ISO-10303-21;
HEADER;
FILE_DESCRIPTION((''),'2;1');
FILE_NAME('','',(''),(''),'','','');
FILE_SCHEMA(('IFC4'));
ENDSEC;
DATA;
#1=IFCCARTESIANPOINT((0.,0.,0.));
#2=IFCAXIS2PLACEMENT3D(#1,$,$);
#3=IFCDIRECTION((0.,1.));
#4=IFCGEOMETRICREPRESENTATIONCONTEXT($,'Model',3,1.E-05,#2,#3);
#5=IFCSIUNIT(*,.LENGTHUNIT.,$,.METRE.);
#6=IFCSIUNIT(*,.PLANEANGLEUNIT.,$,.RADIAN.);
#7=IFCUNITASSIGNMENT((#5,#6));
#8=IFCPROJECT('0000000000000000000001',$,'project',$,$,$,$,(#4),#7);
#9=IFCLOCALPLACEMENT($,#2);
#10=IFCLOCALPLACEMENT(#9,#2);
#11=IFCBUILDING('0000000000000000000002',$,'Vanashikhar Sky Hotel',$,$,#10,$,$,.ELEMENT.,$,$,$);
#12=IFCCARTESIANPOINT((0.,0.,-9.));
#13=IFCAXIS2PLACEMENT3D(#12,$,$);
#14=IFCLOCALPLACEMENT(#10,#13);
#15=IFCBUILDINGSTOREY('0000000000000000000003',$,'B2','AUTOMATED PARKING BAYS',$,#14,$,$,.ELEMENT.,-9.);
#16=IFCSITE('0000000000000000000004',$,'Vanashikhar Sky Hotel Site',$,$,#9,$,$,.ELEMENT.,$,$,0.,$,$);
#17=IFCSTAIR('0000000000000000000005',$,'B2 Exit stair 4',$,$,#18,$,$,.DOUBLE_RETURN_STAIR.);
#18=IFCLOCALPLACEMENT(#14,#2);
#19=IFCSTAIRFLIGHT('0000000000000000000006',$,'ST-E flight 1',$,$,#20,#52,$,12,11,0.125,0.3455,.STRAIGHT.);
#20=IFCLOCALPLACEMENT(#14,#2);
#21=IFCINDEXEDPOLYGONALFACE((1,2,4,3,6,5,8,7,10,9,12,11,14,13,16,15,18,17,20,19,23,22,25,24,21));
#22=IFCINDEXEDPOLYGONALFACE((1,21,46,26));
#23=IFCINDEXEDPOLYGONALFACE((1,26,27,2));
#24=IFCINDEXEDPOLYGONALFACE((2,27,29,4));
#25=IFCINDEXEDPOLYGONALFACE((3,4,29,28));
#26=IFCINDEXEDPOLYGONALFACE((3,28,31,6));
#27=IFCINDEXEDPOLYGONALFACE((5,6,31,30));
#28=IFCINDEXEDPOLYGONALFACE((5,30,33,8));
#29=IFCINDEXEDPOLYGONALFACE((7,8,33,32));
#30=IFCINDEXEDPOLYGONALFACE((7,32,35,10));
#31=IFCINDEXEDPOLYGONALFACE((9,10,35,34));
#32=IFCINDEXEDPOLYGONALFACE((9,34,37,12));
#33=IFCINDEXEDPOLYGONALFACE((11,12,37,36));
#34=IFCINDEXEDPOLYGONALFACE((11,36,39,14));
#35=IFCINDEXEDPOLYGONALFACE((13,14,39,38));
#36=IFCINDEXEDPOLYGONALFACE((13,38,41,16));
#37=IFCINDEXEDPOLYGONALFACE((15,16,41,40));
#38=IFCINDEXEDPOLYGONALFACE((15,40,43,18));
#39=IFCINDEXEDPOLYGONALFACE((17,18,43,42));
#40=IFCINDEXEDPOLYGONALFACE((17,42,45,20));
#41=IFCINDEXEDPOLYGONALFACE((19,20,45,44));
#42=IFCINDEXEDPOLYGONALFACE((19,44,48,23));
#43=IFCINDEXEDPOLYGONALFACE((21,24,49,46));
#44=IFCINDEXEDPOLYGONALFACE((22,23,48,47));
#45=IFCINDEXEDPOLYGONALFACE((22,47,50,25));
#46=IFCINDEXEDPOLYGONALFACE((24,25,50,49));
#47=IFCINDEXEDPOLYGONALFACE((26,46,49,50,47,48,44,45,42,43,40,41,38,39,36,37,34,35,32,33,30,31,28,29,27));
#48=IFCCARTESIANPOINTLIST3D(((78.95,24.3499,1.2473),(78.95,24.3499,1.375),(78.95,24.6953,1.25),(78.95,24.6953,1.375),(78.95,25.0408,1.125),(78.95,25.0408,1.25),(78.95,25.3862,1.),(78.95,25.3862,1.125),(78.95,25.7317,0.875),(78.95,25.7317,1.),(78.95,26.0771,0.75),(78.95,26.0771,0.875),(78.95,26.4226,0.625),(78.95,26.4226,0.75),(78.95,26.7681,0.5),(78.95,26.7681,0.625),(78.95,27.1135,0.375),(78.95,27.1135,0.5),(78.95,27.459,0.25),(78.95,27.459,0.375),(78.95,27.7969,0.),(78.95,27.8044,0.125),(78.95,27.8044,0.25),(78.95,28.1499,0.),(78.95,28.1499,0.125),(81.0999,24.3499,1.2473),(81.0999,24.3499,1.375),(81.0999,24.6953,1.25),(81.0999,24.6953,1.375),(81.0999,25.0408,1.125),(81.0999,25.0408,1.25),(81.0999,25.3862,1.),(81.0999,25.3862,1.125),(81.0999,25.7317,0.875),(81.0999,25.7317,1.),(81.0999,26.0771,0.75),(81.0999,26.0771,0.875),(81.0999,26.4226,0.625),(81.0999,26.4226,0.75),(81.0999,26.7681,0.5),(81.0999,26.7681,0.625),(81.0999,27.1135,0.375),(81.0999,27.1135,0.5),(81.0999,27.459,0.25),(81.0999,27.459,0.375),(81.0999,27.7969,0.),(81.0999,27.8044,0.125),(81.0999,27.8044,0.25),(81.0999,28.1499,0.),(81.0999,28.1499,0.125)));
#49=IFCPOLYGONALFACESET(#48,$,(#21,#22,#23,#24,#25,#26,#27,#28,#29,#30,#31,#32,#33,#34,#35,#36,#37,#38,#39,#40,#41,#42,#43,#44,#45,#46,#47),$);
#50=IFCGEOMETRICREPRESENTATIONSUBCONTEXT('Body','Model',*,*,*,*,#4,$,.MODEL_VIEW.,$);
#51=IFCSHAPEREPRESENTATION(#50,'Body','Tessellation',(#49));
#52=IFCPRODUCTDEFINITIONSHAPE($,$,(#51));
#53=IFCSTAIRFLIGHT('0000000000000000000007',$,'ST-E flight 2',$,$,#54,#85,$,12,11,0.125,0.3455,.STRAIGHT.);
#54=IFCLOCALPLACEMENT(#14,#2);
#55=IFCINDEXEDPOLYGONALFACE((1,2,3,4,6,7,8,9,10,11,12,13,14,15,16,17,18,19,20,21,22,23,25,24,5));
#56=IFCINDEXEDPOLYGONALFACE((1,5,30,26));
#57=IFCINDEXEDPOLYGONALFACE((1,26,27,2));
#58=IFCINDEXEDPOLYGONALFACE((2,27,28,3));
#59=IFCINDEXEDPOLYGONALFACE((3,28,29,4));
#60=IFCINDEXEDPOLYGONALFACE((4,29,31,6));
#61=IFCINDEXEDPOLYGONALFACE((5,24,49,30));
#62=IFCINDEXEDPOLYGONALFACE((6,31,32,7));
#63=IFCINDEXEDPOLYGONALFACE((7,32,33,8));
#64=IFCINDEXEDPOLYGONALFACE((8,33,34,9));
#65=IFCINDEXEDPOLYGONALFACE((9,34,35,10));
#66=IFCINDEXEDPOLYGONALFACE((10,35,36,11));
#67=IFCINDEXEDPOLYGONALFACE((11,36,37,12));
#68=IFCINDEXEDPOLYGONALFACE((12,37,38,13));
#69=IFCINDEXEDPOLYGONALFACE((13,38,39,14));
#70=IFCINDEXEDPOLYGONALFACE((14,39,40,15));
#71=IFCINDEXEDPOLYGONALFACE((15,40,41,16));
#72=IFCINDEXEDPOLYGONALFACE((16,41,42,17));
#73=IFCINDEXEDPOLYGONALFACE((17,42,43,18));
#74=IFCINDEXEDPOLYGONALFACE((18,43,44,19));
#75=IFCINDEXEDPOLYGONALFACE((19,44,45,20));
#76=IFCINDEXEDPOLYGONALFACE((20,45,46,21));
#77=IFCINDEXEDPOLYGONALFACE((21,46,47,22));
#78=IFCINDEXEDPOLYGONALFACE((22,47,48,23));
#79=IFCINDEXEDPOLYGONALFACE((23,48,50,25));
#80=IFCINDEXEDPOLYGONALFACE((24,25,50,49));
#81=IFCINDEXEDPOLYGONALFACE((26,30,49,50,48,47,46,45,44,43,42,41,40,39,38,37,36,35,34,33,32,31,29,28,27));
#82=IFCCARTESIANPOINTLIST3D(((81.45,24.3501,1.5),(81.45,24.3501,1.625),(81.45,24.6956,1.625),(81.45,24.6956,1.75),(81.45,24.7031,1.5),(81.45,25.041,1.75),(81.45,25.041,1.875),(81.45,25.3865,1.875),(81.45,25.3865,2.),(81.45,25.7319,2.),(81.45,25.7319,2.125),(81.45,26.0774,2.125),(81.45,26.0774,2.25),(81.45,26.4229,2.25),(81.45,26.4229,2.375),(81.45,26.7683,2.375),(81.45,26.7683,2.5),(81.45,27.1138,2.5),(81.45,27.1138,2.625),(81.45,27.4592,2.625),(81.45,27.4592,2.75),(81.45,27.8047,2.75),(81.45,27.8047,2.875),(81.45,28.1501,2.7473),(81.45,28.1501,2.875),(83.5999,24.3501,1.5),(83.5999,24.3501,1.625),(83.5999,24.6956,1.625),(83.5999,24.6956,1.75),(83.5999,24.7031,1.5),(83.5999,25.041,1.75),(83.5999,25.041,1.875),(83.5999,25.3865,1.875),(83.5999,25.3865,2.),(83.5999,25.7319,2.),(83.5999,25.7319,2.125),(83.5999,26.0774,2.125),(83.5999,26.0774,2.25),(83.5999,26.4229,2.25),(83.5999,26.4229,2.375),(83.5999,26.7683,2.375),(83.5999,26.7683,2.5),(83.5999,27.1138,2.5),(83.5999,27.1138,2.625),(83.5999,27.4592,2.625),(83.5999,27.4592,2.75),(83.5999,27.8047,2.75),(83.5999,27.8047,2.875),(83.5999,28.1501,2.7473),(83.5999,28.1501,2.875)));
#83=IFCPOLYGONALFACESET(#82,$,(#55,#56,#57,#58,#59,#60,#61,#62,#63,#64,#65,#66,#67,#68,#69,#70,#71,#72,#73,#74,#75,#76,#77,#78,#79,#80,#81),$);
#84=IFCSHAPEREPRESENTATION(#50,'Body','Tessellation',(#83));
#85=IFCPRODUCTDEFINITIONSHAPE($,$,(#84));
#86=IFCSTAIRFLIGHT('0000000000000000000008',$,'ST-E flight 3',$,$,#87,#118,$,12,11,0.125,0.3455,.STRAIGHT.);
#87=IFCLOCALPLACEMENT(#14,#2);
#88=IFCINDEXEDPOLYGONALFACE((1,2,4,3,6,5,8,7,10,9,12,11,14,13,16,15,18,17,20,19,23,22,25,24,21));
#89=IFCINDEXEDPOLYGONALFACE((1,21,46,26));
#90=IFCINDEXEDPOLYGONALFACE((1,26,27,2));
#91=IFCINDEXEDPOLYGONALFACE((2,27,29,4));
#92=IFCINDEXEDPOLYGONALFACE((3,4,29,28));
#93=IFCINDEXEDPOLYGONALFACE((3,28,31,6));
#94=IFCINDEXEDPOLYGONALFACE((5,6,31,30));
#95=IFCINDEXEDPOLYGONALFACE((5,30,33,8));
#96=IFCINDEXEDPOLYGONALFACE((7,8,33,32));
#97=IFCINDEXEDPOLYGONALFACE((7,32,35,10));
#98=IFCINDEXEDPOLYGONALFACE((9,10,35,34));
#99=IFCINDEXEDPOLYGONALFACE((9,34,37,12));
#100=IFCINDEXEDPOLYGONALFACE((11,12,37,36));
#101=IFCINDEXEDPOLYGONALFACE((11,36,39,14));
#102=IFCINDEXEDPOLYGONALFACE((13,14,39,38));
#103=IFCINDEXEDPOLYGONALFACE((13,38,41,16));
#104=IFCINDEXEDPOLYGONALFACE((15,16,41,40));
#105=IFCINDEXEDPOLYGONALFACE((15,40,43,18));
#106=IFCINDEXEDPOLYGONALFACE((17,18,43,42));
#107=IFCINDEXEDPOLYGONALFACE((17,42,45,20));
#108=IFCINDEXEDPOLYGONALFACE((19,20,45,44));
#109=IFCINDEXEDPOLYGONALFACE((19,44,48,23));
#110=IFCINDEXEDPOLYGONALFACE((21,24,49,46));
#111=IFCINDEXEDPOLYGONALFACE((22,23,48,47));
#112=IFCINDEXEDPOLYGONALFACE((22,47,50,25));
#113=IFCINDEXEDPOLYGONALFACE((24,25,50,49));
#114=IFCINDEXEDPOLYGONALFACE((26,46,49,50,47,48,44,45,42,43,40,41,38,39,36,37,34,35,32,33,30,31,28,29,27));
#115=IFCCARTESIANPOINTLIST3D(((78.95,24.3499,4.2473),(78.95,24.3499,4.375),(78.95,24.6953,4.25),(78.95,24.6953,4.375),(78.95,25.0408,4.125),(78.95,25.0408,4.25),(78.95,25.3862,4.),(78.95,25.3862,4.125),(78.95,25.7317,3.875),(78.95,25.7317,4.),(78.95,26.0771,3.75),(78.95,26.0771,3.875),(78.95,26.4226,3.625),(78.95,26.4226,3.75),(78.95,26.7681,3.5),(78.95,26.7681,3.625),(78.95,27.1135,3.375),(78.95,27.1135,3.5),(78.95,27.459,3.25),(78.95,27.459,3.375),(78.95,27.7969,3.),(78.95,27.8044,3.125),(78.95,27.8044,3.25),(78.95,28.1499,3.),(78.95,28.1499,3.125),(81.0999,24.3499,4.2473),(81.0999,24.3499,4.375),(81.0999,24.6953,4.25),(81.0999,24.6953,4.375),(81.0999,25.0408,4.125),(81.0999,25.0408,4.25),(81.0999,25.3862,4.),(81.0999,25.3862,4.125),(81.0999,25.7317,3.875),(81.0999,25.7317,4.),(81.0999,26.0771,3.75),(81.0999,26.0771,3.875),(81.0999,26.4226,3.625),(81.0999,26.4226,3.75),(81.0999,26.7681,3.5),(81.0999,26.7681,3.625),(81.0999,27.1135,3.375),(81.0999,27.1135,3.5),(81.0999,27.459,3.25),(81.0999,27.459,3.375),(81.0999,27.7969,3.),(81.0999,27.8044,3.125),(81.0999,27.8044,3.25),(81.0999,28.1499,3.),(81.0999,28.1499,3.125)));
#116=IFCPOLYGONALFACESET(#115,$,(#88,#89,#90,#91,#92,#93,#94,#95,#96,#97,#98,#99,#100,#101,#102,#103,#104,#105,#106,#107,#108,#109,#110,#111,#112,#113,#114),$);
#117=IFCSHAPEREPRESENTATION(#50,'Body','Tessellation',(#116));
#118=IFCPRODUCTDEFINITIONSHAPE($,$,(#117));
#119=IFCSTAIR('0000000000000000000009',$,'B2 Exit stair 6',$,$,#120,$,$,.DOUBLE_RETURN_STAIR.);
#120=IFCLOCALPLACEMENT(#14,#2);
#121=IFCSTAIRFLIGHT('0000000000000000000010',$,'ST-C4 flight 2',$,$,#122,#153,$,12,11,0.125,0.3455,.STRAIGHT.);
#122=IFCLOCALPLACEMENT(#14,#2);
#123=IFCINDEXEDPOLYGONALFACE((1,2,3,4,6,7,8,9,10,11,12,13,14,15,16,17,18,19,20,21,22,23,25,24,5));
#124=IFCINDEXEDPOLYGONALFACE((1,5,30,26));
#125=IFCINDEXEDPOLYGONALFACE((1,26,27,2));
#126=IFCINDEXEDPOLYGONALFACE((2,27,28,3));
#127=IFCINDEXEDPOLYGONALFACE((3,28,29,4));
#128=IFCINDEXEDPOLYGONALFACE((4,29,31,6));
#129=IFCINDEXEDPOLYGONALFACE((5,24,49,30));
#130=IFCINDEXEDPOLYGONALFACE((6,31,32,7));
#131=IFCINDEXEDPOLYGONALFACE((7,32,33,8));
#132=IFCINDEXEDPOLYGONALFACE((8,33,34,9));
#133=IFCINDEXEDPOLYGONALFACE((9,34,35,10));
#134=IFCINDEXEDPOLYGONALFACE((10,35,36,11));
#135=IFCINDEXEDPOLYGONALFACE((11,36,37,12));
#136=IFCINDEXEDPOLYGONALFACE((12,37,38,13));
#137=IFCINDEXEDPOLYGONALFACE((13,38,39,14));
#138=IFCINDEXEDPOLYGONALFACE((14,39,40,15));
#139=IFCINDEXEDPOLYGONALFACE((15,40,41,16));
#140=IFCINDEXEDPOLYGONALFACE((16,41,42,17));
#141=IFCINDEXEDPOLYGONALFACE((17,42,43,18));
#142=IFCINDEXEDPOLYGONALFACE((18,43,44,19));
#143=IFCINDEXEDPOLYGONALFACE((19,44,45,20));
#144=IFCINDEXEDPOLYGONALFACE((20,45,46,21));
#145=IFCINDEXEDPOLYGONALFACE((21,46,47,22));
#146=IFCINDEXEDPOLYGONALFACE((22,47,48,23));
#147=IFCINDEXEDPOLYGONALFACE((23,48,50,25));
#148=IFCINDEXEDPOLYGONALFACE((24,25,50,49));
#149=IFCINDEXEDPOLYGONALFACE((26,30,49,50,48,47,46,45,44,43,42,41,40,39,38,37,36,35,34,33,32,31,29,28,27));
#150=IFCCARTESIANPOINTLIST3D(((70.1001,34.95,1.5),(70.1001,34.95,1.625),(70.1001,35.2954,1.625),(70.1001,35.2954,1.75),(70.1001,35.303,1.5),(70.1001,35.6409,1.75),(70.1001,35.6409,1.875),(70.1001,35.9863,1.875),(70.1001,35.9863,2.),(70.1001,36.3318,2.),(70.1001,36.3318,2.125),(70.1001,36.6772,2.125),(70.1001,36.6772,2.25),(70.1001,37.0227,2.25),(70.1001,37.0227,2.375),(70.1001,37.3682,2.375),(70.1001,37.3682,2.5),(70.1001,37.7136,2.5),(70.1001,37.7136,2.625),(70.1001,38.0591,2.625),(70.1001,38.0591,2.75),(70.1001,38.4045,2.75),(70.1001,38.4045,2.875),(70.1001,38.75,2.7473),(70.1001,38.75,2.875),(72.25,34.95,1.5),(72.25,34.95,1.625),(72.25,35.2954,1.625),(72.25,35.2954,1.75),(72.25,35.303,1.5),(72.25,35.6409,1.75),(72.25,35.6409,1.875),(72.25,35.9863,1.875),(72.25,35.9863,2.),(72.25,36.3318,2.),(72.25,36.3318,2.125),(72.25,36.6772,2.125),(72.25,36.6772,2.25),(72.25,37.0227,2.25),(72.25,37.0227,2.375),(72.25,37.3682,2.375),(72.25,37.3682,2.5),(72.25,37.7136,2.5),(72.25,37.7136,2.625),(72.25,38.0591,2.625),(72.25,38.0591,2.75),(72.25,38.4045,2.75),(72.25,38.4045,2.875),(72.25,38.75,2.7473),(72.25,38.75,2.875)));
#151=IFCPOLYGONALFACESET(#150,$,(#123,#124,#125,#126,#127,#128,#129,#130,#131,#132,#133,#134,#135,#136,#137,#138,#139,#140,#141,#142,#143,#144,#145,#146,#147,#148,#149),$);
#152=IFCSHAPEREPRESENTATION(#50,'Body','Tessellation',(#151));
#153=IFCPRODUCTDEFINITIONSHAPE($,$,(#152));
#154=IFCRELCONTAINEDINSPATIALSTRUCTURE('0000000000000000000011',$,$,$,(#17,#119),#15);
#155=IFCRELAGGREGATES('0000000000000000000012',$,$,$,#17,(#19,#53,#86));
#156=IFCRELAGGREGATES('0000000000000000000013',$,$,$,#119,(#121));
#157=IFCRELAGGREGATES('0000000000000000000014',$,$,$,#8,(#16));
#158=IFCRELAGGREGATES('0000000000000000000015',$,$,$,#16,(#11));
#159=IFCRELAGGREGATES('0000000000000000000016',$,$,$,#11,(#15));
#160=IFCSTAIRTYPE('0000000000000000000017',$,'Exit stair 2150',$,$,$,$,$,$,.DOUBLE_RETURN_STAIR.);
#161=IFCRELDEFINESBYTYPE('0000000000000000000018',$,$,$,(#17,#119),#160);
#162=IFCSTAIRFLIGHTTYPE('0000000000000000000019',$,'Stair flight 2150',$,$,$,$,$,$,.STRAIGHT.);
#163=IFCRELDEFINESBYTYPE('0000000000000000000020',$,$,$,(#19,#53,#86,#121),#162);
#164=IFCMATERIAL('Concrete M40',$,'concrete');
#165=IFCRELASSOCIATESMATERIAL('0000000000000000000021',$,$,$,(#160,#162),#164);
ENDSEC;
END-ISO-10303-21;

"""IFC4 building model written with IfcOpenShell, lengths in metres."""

from ifc_helpers import new_model, si_unit, direction, frame, origin, place, context, subcontext, project, spatial, polyline, outline, extrude, source, transform, mapped, material, type_object, element, aggregate, save


model = new_model("IFC4")

# Units and contexts
model_context = context("Model", 3, precision=1e-05, world=origin(), true_north=direction((0.0, 1.0)))
body_context = subcontext(model_context, "Body", "Model", "MODEL_VIEW")
ifc_project = project(units=[si_unit("LENGTHUNIT", "METRE"), si_unit("PLANEANGLEUNIT", "RADIAN")], contexts=[model_context])

# Site, building, storey
site_placement = place(None, origin())
site = spatial("IfcSite", under=ifc_project, at=site_placement, Name="Vanashikhar Sky Hotel Site", CompositionType="ELEMENT", RefElevation=0.0)
building_placement = place(site_placement, origin())
building = spatial("IfcBuilding", under=site, at=building_placement, Name="Vanashikhar Sky Hotel", CompositionType="ELEMENT")
storey_placement = place(building_placement, frame((0.0, 0.0, -9.0)))
storey = spatial("IfcBuildingStorey", under=building, at=storey_placement, Name="B2", Description="AUTOMATED PARKING BAYS", CompositionType="ELEMENT", Elevation=-9.0)

# Shared definitions
ifc_material_1 = material(Name="Concrete M40", Category="concrete")

# Stair, stair flights
stair_type = type_object("IfcStairType", Name="Exit stair 2150", PredefinedType="DOUBLE_RETURN_STAIR", material=ifc_material_1)
stair_1_placement = place(storey_placement, origin())
stair_1 = element("IfcStair", 1, at=stair_1_placement, inside=storey, type_object=stair_type, Name="B2 Exit stair 4", PredefinedType="DOUBLE_RETURN_STAIR")
stair_flight_type = type_object("IfcStairFlightType", Name="Stair flight 2150", PredefinedType="STRAIGHT", material=ifc_material_1)
shared_shape_1 = source(origin(), body_context, "Body", "SweptSolid", [
    extrude(outline(polyline([(0.0, 0.0), (0.0, 0.125), (0.3455, 0.125), (0.3455, 0.25), (0.6909, 0.25), (0.6909, 0.375), (1.0364, 0.375), (1.0364, 0.5), (1.3818, 0.5), (1.3818, 0.625), (1.7273, 0.625), (1.7273, 0.75), (2.0728, 0.75), (2.0728, 0.875), (2.4182, 0.875), (2.4182, 1.0), (2.7637, 1.0), (2.7637, 1.125), (3.1091, 1.125), (3.1091, 1.25), (3.4546, 1.25), (3.4546, 1.375), (3.8, 1.375), (3.8, 1.5), (3.8, 1.2473), (0.353, 0.0), (0.0, 0.0)])), frame((0.0, 1.075, 0.0), z_axis=(0.0, -1.0, 0.0), x_axis=(1.0, 0.0, 0.0)), (0.0, 0.0, 1.0), 2.1499),
])
stair_flight_1_placement = place(storey_placement, frame((80.0249, 28.1499, 0.0), z_axis=(0.0, 0.0, 1.0), x_axis=(0.0, -1.0, 0.0)))
stair_flight_1 = element("IfcStairFlight", 2, at=stair_flight_1_placement, type_object=stair_flight_type, Name="ST-E flight 1", NumberOfRisers=12, NumberOfTreads=11, PredefinedType="STRAIGHT", RiserHeight=0.125, TreadLength=0.3455, context=body_context, shape_type="MappedRepresentation", body=[
    mapped(shared_shape_1, transform((0.0, 0.0, 0.0), scale=1.0)),
])
stair_flight_2_placement = place(storey_placement, frame((82.5249, 24.3501, 1.5), z_axis=(0.0, 0.0, 1.0), x_axis=(0.0, 1.0, 0.0)))
stair_flight_2 = element("IfcStairFlight", 3, at=stair_flight_2_placement, type_object=stair_flight_type, Name="ST-E flight 2", NumberOfRisers=12, NumberOfTreads=11, PredefinedType="STRAIGHT", RiserHeight=0.125, TreadLength=0.3455, context=body_context, shape_type="MappedRepresentation", body=[
    mapped(shared_shape_1, transform((0.0, 0.0, 0.0), scale=1.0)),
])
stair_flight_3_placement = place(storey_placement, frame((80.0249, 28.1499, 3.0), z_axis=(0.0, 0.0, 1.0), x_axis=(0.0, -1.0, 0.0)))
stair_flight_3 = element("IfcStairFlight", 4, at=stair_flight_3_placement, type_object=stair_flight_type, Name="ST-E flight 3", NumberOfRisers=12, NumberOfTreads=11, PredefinedType="STRAIGHT", RiserHeight=0.125, TreadLength=0.3455, context=body_context, shape_type="MappedRepresentation", body=[
    mapped(shared_shape_1, transform((0.0, 0.0, 0.0), scale=1.0)),
])
aggregate(stair_1, [stair_flight_1, stair_flight_2, stair_flight_3])

# Stair, stair flight
stair_2_placement = place(storey_placement, origin())
stair_2 = element("IfcStair", 5, at=stair_2_placement, inside=storey, type_object=stair_type, Name="B2 Exit stair 6", PredefinedType="DOUBLE_RETURN_STAIR")
stair_flight_4_placement = place(storey_placement, frame((71.175, 34.95, 1.5), z_axis=(0.0, 0.0, 1.0), x_axis=(0.0, 1.0, 0.0)))
stair_flight_4 = element("IfcStairFlight", 6, at=stair_flight_4_placement, type_object=stair_flight_type, Name="ST-C4 flight 2", NumberOfRisers=12, NumberOfTreads=11, PredefinedType="STRAIGHT", RiserHeight=0.125, TreadLength=0.3455, context=body_context, shape_type="MappedRepresentation", body=[
    mapped(shared_shape_1, transform((0.0, 0.0, 0.0), scale=1.0)),
])
aggregate(stair_2, [stair_flight_4])

save(model, "model.ifc")
